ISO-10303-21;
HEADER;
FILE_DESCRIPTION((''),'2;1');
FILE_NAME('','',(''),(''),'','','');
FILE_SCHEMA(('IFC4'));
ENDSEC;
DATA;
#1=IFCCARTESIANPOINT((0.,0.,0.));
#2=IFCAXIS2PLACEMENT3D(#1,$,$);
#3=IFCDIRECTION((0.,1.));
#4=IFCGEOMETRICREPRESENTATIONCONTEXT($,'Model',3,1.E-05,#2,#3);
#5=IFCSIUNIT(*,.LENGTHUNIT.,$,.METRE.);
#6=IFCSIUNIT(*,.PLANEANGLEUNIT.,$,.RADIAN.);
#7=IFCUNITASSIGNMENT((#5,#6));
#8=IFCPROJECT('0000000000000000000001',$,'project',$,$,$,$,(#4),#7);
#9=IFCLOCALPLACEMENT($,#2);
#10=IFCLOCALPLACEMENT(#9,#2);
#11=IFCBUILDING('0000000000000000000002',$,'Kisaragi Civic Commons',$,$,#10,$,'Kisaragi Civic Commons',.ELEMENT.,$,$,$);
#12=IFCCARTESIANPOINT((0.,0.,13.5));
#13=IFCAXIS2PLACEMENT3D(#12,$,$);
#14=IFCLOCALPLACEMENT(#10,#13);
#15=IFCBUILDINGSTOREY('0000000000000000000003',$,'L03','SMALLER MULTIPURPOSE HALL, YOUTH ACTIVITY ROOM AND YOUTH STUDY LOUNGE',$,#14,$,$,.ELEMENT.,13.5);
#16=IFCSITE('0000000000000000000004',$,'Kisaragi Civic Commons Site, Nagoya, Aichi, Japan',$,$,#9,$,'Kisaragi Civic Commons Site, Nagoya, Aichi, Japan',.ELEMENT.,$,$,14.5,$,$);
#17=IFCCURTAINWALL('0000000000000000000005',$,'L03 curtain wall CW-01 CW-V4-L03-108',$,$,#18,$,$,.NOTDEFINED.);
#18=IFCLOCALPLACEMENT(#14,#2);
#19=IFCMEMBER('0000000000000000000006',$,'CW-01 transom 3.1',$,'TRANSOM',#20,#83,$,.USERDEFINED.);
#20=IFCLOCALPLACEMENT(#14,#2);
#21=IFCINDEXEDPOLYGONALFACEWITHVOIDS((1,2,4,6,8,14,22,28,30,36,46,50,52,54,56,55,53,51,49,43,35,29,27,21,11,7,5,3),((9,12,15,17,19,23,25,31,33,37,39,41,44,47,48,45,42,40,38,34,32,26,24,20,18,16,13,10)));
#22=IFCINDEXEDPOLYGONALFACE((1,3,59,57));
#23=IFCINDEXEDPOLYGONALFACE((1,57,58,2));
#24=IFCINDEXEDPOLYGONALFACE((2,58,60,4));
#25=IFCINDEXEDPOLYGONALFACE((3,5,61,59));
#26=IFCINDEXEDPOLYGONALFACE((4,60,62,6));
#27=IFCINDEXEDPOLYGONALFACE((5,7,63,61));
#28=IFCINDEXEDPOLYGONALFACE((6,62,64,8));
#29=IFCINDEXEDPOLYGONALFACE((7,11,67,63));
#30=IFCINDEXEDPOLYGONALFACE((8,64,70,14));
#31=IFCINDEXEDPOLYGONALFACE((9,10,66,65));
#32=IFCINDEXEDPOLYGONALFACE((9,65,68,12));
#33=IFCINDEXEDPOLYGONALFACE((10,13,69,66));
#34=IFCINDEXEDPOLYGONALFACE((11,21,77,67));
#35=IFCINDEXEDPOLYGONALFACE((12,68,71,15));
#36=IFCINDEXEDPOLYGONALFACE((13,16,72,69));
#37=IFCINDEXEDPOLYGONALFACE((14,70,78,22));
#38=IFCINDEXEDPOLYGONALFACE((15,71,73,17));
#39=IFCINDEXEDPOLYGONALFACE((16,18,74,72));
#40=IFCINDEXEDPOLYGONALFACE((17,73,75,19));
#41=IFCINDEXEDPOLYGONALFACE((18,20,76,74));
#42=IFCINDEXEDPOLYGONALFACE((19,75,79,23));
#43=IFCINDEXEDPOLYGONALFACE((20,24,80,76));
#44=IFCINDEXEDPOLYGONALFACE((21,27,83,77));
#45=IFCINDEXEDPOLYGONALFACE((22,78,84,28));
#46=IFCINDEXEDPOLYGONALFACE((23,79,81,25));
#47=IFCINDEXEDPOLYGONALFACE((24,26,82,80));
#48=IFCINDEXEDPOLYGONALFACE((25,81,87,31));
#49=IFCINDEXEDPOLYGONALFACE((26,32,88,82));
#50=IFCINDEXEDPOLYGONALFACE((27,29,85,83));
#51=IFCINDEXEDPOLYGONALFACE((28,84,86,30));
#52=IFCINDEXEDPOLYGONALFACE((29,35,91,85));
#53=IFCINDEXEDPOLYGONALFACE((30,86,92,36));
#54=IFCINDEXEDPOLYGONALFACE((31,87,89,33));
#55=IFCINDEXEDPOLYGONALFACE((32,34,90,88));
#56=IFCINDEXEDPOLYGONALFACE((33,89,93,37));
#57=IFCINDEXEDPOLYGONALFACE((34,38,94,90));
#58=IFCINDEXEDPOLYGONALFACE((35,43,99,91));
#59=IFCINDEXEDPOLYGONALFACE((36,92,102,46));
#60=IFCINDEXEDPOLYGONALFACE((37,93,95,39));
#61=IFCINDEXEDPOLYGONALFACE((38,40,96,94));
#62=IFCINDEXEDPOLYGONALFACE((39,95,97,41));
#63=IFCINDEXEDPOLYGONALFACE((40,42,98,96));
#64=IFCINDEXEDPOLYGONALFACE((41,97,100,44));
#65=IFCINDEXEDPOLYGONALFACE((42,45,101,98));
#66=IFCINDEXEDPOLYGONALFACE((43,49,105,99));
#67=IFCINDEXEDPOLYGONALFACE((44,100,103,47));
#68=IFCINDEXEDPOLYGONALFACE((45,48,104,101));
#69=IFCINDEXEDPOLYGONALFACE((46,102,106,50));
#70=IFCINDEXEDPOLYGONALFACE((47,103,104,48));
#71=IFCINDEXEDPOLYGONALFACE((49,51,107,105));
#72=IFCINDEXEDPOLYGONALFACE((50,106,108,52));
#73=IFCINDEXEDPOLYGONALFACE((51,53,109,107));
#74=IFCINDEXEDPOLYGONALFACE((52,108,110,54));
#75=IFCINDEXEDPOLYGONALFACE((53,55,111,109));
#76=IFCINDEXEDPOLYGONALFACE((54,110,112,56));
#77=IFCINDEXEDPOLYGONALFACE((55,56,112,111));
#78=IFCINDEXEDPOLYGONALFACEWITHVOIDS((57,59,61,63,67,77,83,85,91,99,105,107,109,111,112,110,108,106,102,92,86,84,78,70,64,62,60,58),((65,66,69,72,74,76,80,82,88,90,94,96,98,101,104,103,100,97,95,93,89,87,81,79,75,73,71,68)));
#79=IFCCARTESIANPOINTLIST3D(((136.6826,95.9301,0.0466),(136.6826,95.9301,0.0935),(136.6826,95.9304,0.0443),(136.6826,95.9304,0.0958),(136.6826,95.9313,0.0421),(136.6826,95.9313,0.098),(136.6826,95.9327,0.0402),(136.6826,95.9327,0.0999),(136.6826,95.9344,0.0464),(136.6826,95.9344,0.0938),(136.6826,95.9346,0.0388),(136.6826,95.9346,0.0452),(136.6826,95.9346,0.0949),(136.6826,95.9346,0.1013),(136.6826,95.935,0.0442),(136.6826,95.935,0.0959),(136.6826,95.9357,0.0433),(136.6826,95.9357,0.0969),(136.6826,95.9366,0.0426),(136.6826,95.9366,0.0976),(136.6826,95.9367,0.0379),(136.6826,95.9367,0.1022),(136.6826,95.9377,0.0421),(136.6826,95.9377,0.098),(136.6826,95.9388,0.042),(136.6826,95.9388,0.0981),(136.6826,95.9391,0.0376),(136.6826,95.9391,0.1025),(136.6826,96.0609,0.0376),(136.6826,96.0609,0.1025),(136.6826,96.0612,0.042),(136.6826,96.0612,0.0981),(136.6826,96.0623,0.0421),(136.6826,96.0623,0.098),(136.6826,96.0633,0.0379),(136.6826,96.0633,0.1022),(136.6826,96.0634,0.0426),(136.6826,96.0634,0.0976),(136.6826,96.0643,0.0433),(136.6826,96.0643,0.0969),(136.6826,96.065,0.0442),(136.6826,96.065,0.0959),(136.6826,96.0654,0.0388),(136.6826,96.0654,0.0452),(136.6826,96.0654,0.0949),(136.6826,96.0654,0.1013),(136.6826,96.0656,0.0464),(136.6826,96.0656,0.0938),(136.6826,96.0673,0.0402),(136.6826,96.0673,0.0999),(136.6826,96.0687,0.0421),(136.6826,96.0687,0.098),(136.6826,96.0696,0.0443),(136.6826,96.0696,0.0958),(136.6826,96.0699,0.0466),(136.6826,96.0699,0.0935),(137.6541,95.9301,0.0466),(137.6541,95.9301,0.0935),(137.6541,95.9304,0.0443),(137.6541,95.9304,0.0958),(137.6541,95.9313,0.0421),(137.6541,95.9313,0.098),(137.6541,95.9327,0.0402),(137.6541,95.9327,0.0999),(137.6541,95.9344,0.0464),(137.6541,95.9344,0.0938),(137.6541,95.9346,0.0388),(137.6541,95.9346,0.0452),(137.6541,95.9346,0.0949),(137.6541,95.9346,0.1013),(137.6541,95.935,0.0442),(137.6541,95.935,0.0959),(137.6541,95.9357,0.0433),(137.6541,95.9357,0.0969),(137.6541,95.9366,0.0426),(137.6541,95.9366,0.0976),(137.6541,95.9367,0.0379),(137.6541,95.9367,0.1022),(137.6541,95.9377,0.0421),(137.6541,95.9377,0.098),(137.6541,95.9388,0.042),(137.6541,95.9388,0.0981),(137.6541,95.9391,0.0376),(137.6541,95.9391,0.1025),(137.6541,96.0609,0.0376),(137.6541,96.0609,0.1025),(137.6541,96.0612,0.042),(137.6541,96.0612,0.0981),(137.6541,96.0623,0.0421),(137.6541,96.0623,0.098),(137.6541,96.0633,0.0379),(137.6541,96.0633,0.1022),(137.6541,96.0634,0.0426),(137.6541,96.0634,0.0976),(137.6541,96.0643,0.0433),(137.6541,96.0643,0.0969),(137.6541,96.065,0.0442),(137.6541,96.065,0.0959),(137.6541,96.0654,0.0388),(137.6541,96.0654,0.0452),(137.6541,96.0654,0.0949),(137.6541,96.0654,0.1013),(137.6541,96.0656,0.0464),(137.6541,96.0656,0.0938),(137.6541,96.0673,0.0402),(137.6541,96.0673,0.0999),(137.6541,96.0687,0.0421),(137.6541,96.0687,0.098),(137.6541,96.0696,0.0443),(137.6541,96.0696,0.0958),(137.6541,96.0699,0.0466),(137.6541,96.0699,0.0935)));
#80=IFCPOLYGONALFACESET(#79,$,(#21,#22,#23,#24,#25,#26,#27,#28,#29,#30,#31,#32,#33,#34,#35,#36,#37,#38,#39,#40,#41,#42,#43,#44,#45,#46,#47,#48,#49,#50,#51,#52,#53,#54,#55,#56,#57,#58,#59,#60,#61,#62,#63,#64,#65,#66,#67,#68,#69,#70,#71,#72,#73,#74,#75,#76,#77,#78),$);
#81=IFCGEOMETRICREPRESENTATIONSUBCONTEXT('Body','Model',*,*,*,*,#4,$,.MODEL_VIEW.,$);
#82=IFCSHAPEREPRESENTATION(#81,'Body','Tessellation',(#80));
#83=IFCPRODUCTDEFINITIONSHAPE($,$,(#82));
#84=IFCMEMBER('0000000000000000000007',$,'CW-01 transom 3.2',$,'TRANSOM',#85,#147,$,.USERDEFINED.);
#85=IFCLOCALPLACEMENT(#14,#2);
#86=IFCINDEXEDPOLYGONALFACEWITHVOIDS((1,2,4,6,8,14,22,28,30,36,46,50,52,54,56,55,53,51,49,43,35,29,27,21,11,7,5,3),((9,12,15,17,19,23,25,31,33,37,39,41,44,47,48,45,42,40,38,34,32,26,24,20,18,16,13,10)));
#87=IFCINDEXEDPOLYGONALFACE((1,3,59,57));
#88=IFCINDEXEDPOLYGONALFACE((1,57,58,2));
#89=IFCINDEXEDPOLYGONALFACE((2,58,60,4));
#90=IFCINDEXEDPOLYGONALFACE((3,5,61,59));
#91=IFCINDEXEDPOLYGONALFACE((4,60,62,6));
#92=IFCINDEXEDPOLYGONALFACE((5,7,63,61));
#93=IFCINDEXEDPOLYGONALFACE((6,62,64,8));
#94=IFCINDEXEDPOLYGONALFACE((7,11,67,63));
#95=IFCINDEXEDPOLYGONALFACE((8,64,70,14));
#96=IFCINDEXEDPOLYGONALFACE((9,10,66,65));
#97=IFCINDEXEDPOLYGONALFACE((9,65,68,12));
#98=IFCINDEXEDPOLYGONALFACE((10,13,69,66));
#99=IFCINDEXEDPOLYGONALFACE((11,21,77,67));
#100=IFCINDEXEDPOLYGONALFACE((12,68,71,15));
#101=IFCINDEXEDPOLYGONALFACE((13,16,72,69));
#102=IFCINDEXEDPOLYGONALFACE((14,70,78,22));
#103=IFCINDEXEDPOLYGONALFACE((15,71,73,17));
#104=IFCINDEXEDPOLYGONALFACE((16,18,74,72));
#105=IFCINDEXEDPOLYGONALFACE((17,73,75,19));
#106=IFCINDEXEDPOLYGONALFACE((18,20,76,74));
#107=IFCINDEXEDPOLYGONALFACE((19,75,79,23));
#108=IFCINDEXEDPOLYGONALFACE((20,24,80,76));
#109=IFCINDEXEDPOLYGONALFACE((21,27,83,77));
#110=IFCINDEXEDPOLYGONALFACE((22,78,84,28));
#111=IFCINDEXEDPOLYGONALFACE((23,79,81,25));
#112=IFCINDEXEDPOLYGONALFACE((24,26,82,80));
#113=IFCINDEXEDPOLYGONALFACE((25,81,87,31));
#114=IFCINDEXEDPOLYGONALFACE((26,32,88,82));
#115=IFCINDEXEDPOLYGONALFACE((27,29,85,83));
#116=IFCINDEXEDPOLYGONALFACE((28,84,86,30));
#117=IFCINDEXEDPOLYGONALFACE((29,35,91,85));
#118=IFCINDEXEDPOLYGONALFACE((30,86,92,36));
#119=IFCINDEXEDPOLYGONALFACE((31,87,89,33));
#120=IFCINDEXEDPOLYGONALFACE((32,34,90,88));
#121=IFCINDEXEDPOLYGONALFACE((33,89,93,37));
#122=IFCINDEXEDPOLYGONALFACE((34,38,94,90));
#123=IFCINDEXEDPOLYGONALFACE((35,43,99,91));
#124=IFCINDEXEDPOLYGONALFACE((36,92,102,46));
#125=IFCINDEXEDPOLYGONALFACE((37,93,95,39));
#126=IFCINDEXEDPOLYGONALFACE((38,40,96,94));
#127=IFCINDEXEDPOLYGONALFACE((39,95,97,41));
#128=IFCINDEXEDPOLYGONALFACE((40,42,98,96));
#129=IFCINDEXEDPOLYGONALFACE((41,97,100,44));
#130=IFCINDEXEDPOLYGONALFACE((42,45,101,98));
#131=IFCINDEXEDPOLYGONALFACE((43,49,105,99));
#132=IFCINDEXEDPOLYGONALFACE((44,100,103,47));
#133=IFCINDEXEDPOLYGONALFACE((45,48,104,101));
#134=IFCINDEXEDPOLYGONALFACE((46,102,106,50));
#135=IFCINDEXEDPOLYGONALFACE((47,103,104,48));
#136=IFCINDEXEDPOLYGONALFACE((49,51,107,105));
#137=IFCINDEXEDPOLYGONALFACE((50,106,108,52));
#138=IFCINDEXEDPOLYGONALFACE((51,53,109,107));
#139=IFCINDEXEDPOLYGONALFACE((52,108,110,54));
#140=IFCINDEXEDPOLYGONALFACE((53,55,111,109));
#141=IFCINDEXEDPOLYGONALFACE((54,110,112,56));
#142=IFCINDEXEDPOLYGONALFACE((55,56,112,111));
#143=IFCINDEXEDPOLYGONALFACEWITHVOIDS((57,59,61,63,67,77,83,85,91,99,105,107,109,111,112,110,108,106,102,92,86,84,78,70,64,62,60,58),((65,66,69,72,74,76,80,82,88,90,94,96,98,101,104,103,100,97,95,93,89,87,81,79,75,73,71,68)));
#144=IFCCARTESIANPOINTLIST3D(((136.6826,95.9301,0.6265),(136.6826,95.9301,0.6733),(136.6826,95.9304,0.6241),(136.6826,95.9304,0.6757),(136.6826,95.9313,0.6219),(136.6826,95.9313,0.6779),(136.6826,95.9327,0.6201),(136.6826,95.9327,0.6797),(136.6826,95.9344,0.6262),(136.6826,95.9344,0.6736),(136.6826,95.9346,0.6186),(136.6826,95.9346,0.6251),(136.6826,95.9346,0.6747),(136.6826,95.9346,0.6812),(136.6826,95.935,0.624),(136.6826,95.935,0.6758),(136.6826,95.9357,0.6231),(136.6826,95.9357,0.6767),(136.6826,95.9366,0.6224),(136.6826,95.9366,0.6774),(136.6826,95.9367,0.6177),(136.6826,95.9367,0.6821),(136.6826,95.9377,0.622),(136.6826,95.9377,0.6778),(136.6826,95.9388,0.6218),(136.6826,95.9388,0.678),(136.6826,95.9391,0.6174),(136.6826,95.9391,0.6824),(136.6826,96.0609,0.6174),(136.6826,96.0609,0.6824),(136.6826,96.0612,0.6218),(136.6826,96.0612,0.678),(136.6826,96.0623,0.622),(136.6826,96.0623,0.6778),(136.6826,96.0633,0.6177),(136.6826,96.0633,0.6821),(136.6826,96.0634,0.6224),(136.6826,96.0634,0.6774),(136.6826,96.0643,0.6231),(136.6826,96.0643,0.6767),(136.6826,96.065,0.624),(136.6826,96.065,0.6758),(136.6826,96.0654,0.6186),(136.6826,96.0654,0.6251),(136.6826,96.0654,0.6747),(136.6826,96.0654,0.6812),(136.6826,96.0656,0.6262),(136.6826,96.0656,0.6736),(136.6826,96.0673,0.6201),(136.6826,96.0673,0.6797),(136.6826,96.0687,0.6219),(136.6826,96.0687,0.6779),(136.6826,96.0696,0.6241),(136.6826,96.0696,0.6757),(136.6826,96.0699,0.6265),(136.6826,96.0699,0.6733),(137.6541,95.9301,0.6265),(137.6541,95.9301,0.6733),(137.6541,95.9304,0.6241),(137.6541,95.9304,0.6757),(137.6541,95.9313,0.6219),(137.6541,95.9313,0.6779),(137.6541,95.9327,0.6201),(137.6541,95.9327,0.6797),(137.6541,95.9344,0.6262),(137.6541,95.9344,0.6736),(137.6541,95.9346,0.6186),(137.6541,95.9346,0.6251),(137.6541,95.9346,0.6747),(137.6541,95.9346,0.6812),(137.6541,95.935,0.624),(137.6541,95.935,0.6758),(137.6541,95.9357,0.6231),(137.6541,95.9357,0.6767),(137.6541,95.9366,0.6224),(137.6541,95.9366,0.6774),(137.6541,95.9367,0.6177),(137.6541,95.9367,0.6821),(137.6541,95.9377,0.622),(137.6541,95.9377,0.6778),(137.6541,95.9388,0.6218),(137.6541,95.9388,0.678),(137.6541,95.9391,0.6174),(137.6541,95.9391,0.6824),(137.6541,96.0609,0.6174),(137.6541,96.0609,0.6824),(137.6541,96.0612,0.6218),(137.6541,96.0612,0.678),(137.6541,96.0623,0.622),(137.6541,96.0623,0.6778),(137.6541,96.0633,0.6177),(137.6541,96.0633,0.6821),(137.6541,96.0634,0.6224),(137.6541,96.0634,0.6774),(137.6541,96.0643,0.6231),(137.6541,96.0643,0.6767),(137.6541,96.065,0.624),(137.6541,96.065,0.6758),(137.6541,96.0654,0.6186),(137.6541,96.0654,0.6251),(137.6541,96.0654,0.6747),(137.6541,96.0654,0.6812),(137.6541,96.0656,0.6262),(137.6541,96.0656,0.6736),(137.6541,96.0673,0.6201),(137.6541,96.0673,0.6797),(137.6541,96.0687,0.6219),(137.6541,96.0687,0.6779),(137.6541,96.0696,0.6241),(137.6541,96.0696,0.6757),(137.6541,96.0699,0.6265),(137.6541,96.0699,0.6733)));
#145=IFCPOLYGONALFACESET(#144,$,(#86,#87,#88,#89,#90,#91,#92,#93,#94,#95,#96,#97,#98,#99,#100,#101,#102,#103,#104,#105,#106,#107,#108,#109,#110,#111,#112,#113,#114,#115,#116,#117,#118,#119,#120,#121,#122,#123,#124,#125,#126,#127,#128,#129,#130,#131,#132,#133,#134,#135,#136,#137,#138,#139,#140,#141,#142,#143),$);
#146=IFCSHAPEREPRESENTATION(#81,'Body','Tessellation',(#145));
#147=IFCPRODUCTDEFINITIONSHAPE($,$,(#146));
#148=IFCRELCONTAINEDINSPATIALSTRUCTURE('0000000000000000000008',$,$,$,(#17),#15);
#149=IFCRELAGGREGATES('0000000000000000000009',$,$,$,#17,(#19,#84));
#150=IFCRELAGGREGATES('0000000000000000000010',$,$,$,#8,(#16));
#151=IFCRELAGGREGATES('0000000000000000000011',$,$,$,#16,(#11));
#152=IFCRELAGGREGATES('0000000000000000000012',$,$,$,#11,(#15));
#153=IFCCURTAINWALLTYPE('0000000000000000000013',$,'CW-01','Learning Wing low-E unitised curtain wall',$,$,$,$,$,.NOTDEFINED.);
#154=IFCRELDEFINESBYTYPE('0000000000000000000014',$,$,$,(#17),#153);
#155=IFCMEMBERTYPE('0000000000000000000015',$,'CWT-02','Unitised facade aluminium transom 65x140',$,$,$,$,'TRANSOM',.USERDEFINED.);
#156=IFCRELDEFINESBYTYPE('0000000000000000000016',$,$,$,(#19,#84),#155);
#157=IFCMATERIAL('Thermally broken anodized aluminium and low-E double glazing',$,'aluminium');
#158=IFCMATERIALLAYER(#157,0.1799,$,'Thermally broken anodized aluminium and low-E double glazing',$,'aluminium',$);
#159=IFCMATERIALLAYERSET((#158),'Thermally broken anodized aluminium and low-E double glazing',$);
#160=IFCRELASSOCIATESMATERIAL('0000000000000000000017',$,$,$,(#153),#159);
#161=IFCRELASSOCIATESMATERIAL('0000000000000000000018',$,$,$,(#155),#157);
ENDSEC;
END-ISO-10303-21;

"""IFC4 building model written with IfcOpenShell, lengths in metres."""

from ifc_helpers import new_model, si_unit, direction, frame, origin, origin_2d, place, context, subcontext, project, spatial, hollow_rectangle, extrude, material, layer, layer_set, material_profile, profile_set, type_object, element, aggregate, save


model = new_model("IFC4")

# Units and contexts
model_context = context("Model", 3, precision=1e-05, world=origin(), true_north=direction((0.0, 1.0)))
body_context = subcontext(model_context, "Body", "Model", "MODEL_VIEW")
ifc_project = project(units=[si_unit("LENGTHUNIT", "METRE"), si_unit("PLANEANGLEUNIT", "RADIAN")], contexts=[model_context])

# Site, building, storey
site_placement = place(None, origin())
site = spatial("IfcSite", under=ifc_project, at=site_placement, Name="Kisaragi Civic Commons Site, Nagoya, Aichi, Japan", LongName="Kisaragi Civic Commons Site, Nagoya, Aichi, Japan", CompositionType="ELEMENT", RefElevation=14.5)
building_placement = place(site_placement, origin())
building = spatial("IfcBuilding", under=site, at=building_placement, Name="Kisaragi Civic Commons", LongName="Kisaragi Civic Commons", CompositionType="ELEMENT")
storey_placement = place(building_placement, frame((0.0, 0.0, 13.5)))
storey = spatial("IfcBuildingStorey", under=building, at=storey_placement, Name="L03", Description="SMALLER MULTIPURPOSE HALL, YOUTH ACTIVITY ROOM AND YOUTH STUDY LOUNGE", CompositionType="ELEMENT", Elevation=13.5)

# Shared definitions
ifc_material = material(Name="Thermally broken anodized aluminium and low-E double glazing", Category="aluminium")
ifc_layer_1 = layer(ifc_material, 0.1799, Name="Thermally broken anodized aluminium and low-E double glazing", Category="aluminium")
ifc_layer_set_1 = layer_set([ifc_layer_1], Name="Thermally broken anodized aluminium and low-E double glazing")
curtain_wall_type = type_object("IfcCurtainWallType", Name="CW-01", Description="Learning Wing low-E unitised curtain wall", PredefinedType="NOTDEFINED", material=ifc_layer_set_1)

# Curtain wall, members
curtain_wall_1_placement = place(storey_placement, origin())
curtain_wall_1 = element("IfcCurtainWall", 1, at=curtain_wall_1_placement, inside=storey, type_object=curtain_wall_type, Name="L03 curtain wall CW-01 CW-V4-L03-108", PredefinedType="NOTDEFINED")
ifc_material_profile_1 = material_profile(ifc_material, hollow_rectangle(XDim=0.1399, YDim=0.0649, WallThickness=0.0044, InnerFilletRadius=0.0044, OuterFilletRadius=0.009, at=origin_2d()), Name="CWT-65x140x4.5", Category="aluminium")
ifc_profile_set_1 = profile_set([ifc_material_profile_1], Name="Thermally broken anodized aluminium and low-E double glazing")
member_type_1 = type_object("IfcMemberType", Name="CWT-02", Description="Unitised facade aluminium transom 65x140", ElementType="TRANSOM", PredefinedType="USERDEFINED", material=ifc_profile_set_1)
member_1_placement = place(storey_placement, frame((137.6541, 96.0, 0.0701), z_axis=(-1.0, 0.0, 0.0), x_axis=(0.0, -1.0, 0.0)))
member_1 = element("IfcMember", 2, at=member_1_placement, type_object=member_type_1, Name="CW-01 transom 3.1", ObjectType="TRANSOM", PredefinedType="USERDEFINED", context=body_context, shape_type="SweptSolid", body=[
    extrude(hollow_rectangle(XDim=0.1399, YDim=0.0649, WallThickness=0.0044, InnerFilletRadius=0.0044, OuterFilletRadius=0.009, at=origin_2d()), origin(), (0.0, 0.0, 1.0), 0.9714),
])
member_2_placement = place(storey_placement, frame((137.6541, 96.0, 0.6499), z_axis=(-1.0, 0.0, 0.0), x_axis=(0.0, -1.0, 0.0)))
member_2 = element("IfcMember", 3, at=member_2_placement, type_object=member_type_1, Name="CW-01 transom 3.2", ObjectType="TRANSOM", PredefinedType="USERDEFINED", context=body_context, shape_type="SweptSolid", body=[
    extrude(hollow_rectangle(XDim=0.1399, YDim=0.0649, WallThickness=0.0044, InnerFilletRadius=0.0044, OuterFilletRadius=0.009, at=origin_2d()), origin(), (0.0, 0.0, 1.0), 0.9714),
])
aggregate(curtain_wall_1, [member_1, member_2])

save(model, "model.ifc")
